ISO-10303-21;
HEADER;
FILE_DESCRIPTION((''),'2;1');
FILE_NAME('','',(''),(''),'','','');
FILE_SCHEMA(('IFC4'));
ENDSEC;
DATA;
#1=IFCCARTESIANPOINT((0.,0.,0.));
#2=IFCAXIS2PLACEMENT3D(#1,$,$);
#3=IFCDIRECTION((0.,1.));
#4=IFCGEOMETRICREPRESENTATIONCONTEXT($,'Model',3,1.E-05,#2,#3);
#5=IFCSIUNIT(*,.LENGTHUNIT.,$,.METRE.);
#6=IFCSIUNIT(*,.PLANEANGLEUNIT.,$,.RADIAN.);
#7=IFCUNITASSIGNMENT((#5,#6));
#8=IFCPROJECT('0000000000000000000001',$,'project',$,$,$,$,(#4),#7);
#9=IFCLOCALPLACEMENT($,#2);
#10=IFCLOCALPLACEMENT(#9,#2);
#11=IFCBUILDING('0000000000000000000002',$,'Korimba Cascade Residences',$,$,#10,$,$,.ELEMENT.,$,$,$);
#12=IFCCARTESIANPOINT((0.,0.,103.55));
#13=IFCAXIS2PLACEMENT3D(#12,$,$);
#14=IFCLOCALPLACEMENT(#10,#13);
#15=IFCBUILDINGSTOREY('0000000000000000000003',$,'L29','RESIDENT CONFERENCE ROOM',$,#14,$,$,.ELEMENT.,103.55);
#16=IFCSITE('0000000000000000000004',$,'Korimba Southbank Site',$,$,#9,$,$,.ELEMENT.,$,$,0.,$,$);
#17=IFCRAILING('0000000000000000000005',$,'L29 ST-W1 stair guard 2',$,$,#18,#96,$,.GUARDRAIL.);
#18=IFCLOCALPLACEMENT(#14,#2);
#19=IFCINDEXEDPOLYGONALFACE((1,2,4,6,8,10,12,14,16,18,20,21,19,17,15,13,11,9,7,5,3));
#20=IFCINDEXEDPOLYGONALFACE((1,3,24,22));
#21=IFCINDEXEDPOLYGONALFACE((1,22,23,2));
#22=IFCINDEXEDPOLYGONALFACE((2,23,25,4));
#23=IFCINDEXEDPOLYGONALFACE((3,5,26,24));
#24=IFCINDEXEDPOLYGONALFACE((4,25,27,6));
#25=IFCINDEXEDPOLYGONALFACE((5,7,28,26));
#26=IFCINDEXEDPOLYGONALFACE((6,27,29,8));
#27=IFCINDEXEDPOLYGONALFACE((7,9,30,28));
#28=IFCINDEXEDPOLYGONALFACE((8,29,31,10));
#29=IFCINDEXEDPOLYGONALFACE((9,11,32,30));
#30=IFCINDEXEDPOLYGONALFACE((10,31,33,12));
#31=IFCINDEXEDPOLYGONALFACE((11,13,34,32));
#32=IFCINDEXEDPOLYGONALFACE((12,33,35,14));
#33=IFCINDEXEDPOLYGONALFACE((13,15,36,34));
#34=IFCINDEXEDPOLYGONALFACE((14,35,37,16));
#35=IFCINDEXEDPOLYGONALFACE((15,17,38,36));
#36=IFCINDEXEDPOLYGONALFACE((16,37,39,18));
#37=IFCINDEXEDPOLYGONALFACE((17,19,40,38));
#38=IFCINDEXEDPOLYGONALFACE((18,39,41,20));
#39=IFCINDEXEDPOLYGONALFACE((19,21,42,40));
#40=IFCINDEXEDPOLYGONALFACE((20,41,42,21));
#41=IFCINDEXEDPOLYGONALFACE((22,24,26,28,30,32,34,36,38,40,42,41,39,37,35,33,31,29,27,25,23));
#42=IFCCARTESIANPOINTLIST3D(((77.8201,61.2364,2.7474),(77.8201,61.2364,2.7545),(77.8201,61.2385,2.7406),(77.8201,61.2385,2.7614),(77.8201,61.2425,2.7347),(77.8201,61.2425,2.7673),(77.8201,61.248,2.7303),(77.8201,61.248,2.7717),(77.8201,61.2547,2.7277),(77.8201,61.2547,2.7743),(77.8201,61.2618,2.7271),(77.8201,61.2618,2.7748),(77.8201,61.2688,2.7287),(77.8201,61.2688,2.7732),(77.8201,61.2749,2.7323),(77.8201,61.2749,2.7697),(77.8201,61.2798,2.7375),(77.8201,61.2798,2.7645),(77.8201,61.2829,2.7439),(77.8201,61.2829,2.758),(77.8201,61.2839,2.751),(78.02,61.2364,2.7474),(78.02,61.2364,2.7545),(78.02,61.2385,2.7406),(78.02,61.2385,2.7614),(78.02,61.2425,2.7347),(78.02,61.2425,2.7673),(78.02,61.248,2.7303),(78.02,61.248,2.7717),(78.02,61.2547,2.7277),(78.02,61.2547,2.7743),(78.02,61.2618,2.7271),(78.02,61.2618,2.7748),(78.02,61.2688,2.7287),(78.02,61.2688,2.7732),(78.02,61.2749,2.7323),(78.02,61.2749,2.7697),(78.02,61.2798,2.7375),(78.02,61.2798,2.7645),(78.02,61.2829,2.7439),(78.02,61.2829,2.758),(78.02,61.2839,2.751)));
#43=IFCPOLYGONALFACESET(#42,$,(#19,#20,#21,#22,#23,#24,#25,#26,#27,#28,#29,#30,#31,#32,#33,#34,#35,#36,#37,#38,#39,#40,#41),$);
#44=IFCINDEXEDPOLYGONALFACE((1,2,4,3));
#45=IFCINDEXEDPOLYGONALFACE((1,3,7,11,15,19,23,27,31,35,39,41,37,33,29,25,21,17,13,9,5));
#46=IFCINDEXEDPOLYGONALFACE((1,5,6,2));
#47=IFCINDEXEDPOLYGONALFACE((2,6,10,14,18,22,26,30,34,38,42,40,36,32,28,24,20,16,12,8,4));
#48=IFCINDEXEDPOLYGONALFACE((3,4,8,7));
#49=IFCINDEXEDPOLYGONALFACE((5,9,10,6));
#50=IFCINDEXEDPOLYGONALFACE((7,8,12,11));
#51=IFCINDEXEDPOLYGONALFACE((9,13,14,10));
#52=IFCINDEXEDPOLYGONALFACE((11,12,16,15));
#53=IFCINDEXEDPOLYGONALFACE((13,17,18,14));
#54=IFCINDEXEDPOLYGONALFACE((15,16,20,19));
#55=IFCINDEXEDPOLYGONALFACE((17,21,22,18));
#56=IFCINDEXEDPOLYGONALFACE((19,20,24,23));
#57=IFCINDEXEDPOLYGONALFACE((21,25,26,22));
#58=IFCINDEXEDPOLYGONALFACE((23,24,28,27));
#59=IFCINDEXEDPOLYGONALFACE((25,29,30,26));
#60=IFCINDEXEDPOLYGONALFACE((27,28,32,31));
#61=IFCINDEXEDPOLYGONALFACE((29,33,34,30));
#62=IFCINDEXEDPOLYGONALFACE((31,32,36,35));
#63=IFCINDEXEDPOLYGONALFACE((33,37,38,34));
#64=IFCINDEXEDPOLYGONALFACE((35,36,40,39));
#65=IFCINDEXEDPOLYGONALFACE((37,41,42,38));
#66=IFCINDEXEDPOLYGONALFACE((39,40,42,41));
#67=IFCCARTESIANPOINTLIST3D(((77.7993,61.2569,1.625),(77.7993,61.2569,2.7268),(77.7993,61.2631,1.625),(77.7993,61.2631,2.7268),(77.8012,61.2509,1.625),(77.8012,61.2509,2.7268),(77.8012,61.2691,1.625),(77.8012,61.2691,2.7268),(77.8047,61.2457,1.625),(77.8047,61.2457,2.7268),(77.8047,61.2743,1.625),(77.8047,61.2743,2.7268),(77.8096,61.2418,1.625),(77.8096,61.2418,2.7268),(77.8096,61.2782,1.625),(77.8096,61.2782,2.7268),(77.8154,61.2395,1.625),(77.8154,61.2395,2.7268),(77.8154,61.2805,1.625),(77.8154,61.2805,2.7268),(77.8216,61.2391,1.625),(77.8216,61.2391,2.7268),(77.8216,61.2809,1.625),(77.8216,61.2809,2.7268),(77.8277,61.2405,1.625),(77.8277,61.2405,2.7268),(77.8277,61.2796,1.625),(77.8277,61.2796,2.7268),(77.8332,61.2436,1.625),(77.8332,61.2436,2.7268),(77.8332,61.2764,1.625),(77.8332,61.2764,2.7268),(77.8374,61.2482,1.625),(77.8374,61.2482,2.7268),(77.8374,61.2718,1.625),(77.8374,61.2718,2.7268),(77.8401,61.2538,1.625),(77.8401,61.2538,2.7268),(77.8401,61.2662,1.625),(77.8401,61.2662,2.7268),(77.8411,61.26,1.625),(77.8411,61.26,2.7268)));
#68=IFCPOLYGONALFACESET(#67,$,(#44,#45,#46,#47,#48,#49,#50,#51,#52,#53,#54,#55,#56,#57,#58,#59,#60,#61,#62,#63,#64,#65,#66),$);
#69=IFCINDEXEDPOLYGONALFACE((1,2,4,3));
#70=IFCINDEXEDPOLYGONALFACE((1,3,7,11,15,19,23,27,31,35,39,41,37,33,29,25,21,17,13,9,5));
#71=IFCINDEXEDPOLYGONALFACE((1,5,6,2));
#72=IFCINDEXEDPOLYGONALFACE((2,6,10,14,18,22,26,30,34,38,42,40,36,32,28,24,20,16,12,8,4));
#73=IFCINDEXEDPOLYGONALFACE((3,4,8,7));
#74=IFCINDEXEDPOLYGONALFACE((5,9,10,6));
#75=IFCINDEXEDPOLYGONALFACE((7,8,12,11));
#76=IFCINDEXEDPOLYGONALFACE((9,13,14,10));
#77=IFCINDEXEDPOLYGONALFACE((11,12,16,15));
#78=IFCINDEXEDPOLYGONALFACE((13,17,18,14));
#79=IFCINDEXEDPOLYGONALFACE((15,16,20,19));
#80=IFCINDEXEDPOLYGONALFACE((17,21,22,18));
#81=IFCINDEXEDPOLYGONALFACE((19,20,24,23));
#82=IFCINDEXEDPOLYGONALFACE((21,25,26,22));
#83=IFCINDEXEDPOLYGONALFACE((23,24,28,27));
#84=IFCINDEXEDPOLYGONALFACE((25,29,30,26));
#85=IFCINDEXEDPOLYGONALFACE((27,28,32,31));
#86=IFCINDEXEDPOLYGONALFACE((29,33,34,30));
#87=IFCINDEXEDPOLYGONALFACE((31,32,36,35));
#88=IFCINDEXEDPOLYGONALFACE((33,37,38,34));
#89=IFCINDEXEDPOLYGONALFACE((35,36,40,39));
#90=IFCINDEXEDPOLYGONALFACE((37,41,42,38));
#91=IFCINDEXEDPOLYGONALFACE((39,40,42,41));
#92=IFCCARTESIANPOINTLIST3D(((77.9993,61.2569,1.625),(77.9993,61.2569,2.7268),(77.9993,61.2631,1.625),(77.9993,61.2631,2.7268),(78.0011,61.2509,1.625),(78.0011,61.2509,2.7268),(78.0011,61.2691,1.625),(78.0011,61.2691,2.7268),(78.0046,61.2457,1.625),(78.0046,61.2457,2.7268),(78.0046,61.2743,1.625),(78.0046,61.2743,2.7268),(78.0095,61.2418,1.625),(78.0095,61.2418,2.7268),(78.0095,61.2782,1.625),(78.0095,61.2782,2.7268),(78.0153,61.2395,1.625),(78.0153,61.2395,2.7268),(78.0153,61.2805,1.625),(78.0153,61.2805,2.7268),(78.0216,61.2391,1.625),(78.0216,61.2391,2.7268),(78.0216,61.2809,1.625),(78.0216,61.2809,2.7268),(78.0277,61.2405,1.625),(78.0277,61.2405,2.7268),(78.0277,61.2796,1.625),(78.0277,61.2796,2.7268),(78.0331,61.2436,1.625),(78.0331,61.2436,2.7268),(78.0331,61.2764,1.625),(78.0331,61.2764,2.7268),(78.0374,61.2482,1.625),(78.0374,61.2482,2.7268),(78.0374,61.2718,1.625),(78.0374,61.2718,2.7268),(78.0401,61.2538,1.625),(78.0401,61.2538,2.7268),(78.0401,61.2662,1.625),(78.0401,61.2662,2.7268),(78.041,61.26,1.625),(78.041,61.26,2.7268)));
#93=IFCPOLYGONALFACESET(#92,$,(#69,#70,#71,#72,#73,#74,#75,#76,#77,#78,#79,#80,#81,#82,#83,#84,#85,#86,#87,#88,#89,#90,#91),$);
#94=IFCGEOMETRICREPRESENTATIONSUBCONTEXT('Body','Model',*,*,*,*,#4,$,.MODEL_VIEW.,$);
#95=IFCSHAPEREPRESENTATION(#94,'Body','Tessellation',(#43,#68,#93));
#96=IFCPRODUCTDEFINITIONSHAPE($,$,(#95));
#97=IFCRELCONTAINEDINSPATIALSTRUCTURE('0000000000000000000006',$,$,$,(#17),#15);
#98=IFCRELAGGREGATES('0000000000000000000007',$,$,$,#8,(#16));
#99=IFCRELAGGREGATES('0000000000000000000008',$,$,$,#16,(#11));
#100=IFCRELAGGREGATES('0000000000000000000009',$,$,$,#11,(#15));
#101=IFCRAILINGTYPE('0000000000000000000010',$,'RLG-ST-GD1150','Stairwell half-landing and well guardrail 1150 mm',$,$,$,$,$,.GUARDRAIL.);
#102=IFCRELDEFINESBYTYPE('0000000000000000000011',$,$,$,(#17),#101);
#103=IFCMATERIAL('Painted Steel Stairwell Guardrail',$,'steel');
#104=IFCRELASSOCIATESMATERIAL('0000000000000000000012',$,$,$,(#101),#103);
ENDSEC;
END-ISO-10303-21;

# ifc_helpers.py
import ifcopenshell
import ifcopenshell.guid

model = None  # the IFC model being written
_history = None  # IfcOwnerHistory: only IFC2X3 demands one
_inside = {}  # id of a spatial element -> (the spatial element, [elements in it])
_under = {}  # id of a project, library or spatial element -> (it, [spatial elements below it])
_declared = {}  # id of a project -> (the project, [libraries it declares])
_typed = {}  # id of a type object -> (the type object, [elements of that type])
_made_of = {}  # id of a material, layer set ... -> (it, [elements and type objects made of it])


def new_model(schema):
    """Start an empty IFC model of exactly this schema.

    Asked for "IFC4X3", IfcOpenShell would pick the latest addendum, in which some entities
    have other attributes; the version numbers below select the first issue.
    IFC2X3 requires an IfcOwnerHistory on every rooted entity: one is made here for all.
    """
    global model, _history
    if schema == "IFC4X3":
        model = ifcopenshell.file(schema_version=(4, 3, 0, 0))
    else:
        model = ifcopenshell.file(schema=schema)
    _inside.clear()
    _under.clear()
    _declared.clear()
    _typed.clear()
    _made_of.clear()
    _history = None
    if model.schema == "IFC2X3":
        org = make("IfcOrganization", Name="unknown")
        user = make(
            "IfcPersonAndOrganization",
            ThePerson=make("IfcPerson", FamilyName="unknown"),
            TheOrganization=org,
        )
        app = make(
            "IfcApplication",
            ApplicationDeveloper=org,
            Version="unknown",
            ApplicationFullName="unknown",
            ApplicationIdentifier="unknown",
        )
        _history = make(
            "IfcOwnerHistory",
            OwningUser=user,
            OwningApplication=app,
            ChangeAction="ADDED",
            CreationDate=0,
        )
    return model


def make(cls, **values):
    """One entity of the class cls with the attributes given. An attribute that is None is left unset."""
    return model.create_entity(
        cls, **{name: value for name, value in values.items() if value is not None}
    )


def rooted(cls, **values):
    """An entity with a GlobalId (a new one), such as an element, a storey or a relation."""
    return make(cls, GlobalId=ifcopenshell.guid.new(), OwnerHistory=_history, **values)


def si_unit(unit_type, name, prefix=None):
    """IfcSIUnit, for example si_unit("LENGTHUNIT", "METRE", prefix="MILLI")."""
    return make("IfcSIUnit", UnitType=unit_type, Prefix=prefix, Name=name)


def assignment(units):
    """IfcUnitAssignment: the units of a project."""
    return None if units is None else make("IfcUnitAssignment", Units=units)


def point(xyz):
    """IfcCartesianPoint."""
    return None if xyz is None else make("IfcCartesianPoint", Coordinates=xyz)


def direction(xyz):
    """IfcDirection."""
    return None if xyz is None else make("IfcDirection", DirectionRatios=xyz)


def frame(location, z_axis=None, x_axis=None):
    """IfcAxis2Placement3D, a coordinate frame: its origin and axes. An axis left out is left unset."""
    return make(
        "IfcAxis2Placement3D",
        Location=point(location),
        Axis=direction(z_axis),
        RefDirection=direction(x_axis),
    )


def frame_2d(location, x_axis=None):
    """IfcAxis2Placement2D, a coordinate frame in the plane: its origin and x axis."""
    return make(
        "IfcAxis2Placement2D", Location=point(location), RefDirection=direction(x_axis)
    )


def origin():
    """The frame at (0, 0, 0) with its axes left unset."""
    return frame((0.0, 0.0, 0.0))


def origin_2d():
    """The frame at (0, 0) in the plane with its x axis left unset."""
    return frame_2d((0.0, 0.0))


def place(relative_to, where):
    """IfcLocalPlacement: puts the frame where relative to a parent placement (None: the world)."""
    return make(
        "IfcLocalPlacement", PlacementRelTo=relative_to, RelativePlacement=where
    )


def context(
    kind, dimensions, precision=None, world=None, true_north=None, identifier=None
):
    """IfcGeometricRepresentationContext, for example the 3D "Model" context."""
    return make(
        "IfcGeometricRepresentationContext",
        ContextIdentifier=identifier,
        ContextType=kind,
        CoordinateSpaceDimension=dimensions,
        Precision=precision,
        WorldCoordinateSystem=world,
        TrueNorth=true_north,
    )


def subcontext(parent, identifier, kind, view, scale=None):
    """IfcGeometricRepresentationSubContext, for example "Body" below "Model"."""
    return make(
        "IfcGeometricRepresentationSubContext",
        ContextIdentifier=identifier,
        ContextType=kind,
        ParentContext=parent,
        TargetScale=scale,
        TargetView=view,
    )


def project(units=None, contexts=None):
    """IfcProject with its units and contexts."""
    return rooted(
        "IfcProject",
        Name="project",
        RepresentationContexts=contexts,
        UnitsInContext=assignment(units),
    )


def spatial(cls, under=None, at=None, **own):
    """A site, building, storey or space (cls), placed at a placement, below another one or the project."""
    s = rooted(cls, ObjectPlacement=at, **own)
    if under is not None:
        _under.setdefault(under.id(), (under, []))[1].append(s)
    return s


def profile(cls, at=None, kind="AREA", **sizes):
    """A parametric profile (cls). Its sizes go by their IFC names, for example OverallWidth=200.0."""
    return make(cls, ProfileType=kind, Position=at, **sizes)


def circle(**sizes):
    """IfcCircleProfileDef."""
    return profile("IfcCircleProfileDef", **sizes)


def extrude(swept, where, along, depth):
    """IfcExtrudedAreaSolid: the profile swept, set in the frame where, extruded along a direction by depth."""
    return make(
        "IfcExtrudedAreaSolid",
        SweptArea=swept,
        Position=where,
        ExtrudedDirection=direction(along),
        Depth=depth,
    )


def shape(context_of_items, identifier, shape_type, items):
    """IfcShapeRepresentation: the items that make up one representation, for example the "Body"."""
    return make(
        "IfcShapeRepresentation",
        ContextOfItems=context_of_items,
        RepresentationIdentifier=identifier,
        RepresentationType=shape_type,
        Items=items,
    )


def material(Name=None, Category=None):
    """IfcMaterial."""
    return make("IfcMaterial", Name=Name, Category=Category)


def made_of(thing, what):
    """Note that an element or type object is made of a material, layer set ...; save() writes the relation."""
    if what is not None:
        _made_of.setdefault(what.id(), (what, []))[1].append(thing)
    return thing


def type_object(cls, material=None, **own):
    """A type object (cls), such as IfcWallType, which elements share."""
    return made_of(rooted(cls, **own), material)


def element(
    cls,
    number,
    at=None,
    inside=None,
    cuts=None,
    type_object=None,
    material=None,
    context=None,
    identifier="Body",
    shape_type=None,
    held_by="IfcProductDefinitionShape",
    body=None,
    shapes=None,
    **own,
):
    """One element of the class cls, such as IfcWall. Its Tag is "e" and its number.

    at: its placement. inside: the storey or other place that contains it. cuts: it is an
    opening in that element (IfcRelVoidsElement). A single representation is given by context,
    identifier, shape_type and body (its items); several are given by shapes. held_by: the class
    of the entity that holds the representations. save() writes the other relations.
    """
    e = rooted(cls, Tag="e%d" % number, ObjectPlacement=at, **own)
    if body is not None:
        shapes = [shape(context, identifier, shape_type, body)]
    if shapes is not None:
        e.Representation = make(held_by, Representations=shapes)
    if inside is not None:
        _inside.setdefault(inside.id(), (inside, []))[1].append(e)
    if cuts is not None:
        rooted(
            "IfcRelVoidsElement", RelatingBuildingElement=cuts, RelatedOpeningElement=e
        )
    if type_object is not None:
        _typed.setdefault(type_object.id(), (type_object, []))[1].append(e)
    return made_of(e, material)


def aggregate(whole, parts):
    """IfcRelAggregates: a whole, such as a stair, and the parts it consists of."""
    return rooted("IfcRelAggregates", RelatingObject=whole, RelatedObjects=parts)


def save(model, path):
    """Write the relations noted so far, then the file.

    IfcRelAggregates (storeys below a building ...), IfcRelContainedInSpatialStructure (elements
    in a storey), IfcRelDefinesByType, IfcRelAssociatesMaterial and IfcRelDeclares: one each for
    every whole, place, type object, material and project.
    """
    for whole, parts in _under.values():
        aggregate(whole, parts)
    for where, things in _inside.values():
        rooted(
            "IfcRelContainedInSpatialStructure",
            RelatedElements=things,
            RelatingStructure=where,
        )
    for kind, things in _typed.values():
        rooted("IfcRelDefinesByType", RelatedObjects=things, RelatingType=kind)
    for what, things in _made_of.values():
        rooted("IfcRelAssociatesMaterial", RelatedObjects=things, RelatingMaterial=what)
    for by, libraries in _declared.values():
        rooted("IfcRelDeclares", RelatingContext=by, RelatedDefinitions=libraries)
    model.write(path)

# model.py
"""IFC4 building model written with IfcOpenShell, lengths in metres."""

from ifc_helpers import new_model, si_unit, direction, frame, origin, origin_2d, place, context, subcontext, project, spatial, circle, extrude, material, type_object, element, save


model = new_model("IFC4")

# Units and contexts
model_context = context("Model", 3, precision=1e-05, world=origin(), true_north=direction((0.0, 1.0)))
body_context = subcontext(model_context, "Body", "Model", "MODEL_VIEW")
ifc_project = project(units=[si_unit("LENGTHUNIT", "METRE"), si_unit("PLANEANGLEUNIT", "RADIAN")], contexts=[model_context])

# Site, building, storey
site_placement = place(None, origin())
site = spatial("IfcSite", under=ifc_project, at=site_placement, Name="Korimba Southbank Site", CompositionType="ELEMENT", RefElevation=0.0)
building_placement = place(site_placement, origin())
building = spatial("IfcBuilding", under=site, at=building_placement, Name="Korimba Cascade Residences", CompositionType="ELEMENT")
storey_placement = place(building_placement, frame((0.0, 0.0, 103.55)))
storey = spatial("IfcBuildingStorey", under=building, at=storey_placement, Name="L29", Description="RESIDENT CONFERENCE ROOM", CompositionType="ELEMENT", Elevation=103.55)

# Railing
ifc_material_1 = material(Name="Painted Steel Stairwell Guardrail", Category="steel")
railing_type_1 = type_object("IfcRailingType", Name="RLG-ST-GD1150", Description="Stairwell half-landing and well guardrail 1150 mm", PredefinedType="GUARDRAIL", material=ifc_material_1)
railing_1_placement = place(storey_placement, frame((77.8201, 61.26, 1.625)))
element("IfcRailing", 1, at=railing_1_placement, inside=storey, type_object=railing_type_1, Name="L29 ST-W1 stair guard 2", PredefinedType="GUARDRAIL", context=body_context, shape_type="SweptSolid", body=[
    extrude(circle(Radius=0.0239, at=origin_2d()), frame((0.0, 0.0, 1.126), z_axis=(1.0, 0.0, 0.0), x_axis=(0.0, 1.0, 0.0)), (0.0, 0.0, 1.0), 0.2),
    extrude(circle(Radius=0.021, at=origin_2d()), origin(), (0.0, 0.0, 1.0), 1.1018),
    extrude(circle(Radius=0.021, at=origin_2d()), frame((0.2, 0.0, 0.0)), (0.0, 0.0, 1.0), 1.1018),
])

save(model, "model.ifc")
